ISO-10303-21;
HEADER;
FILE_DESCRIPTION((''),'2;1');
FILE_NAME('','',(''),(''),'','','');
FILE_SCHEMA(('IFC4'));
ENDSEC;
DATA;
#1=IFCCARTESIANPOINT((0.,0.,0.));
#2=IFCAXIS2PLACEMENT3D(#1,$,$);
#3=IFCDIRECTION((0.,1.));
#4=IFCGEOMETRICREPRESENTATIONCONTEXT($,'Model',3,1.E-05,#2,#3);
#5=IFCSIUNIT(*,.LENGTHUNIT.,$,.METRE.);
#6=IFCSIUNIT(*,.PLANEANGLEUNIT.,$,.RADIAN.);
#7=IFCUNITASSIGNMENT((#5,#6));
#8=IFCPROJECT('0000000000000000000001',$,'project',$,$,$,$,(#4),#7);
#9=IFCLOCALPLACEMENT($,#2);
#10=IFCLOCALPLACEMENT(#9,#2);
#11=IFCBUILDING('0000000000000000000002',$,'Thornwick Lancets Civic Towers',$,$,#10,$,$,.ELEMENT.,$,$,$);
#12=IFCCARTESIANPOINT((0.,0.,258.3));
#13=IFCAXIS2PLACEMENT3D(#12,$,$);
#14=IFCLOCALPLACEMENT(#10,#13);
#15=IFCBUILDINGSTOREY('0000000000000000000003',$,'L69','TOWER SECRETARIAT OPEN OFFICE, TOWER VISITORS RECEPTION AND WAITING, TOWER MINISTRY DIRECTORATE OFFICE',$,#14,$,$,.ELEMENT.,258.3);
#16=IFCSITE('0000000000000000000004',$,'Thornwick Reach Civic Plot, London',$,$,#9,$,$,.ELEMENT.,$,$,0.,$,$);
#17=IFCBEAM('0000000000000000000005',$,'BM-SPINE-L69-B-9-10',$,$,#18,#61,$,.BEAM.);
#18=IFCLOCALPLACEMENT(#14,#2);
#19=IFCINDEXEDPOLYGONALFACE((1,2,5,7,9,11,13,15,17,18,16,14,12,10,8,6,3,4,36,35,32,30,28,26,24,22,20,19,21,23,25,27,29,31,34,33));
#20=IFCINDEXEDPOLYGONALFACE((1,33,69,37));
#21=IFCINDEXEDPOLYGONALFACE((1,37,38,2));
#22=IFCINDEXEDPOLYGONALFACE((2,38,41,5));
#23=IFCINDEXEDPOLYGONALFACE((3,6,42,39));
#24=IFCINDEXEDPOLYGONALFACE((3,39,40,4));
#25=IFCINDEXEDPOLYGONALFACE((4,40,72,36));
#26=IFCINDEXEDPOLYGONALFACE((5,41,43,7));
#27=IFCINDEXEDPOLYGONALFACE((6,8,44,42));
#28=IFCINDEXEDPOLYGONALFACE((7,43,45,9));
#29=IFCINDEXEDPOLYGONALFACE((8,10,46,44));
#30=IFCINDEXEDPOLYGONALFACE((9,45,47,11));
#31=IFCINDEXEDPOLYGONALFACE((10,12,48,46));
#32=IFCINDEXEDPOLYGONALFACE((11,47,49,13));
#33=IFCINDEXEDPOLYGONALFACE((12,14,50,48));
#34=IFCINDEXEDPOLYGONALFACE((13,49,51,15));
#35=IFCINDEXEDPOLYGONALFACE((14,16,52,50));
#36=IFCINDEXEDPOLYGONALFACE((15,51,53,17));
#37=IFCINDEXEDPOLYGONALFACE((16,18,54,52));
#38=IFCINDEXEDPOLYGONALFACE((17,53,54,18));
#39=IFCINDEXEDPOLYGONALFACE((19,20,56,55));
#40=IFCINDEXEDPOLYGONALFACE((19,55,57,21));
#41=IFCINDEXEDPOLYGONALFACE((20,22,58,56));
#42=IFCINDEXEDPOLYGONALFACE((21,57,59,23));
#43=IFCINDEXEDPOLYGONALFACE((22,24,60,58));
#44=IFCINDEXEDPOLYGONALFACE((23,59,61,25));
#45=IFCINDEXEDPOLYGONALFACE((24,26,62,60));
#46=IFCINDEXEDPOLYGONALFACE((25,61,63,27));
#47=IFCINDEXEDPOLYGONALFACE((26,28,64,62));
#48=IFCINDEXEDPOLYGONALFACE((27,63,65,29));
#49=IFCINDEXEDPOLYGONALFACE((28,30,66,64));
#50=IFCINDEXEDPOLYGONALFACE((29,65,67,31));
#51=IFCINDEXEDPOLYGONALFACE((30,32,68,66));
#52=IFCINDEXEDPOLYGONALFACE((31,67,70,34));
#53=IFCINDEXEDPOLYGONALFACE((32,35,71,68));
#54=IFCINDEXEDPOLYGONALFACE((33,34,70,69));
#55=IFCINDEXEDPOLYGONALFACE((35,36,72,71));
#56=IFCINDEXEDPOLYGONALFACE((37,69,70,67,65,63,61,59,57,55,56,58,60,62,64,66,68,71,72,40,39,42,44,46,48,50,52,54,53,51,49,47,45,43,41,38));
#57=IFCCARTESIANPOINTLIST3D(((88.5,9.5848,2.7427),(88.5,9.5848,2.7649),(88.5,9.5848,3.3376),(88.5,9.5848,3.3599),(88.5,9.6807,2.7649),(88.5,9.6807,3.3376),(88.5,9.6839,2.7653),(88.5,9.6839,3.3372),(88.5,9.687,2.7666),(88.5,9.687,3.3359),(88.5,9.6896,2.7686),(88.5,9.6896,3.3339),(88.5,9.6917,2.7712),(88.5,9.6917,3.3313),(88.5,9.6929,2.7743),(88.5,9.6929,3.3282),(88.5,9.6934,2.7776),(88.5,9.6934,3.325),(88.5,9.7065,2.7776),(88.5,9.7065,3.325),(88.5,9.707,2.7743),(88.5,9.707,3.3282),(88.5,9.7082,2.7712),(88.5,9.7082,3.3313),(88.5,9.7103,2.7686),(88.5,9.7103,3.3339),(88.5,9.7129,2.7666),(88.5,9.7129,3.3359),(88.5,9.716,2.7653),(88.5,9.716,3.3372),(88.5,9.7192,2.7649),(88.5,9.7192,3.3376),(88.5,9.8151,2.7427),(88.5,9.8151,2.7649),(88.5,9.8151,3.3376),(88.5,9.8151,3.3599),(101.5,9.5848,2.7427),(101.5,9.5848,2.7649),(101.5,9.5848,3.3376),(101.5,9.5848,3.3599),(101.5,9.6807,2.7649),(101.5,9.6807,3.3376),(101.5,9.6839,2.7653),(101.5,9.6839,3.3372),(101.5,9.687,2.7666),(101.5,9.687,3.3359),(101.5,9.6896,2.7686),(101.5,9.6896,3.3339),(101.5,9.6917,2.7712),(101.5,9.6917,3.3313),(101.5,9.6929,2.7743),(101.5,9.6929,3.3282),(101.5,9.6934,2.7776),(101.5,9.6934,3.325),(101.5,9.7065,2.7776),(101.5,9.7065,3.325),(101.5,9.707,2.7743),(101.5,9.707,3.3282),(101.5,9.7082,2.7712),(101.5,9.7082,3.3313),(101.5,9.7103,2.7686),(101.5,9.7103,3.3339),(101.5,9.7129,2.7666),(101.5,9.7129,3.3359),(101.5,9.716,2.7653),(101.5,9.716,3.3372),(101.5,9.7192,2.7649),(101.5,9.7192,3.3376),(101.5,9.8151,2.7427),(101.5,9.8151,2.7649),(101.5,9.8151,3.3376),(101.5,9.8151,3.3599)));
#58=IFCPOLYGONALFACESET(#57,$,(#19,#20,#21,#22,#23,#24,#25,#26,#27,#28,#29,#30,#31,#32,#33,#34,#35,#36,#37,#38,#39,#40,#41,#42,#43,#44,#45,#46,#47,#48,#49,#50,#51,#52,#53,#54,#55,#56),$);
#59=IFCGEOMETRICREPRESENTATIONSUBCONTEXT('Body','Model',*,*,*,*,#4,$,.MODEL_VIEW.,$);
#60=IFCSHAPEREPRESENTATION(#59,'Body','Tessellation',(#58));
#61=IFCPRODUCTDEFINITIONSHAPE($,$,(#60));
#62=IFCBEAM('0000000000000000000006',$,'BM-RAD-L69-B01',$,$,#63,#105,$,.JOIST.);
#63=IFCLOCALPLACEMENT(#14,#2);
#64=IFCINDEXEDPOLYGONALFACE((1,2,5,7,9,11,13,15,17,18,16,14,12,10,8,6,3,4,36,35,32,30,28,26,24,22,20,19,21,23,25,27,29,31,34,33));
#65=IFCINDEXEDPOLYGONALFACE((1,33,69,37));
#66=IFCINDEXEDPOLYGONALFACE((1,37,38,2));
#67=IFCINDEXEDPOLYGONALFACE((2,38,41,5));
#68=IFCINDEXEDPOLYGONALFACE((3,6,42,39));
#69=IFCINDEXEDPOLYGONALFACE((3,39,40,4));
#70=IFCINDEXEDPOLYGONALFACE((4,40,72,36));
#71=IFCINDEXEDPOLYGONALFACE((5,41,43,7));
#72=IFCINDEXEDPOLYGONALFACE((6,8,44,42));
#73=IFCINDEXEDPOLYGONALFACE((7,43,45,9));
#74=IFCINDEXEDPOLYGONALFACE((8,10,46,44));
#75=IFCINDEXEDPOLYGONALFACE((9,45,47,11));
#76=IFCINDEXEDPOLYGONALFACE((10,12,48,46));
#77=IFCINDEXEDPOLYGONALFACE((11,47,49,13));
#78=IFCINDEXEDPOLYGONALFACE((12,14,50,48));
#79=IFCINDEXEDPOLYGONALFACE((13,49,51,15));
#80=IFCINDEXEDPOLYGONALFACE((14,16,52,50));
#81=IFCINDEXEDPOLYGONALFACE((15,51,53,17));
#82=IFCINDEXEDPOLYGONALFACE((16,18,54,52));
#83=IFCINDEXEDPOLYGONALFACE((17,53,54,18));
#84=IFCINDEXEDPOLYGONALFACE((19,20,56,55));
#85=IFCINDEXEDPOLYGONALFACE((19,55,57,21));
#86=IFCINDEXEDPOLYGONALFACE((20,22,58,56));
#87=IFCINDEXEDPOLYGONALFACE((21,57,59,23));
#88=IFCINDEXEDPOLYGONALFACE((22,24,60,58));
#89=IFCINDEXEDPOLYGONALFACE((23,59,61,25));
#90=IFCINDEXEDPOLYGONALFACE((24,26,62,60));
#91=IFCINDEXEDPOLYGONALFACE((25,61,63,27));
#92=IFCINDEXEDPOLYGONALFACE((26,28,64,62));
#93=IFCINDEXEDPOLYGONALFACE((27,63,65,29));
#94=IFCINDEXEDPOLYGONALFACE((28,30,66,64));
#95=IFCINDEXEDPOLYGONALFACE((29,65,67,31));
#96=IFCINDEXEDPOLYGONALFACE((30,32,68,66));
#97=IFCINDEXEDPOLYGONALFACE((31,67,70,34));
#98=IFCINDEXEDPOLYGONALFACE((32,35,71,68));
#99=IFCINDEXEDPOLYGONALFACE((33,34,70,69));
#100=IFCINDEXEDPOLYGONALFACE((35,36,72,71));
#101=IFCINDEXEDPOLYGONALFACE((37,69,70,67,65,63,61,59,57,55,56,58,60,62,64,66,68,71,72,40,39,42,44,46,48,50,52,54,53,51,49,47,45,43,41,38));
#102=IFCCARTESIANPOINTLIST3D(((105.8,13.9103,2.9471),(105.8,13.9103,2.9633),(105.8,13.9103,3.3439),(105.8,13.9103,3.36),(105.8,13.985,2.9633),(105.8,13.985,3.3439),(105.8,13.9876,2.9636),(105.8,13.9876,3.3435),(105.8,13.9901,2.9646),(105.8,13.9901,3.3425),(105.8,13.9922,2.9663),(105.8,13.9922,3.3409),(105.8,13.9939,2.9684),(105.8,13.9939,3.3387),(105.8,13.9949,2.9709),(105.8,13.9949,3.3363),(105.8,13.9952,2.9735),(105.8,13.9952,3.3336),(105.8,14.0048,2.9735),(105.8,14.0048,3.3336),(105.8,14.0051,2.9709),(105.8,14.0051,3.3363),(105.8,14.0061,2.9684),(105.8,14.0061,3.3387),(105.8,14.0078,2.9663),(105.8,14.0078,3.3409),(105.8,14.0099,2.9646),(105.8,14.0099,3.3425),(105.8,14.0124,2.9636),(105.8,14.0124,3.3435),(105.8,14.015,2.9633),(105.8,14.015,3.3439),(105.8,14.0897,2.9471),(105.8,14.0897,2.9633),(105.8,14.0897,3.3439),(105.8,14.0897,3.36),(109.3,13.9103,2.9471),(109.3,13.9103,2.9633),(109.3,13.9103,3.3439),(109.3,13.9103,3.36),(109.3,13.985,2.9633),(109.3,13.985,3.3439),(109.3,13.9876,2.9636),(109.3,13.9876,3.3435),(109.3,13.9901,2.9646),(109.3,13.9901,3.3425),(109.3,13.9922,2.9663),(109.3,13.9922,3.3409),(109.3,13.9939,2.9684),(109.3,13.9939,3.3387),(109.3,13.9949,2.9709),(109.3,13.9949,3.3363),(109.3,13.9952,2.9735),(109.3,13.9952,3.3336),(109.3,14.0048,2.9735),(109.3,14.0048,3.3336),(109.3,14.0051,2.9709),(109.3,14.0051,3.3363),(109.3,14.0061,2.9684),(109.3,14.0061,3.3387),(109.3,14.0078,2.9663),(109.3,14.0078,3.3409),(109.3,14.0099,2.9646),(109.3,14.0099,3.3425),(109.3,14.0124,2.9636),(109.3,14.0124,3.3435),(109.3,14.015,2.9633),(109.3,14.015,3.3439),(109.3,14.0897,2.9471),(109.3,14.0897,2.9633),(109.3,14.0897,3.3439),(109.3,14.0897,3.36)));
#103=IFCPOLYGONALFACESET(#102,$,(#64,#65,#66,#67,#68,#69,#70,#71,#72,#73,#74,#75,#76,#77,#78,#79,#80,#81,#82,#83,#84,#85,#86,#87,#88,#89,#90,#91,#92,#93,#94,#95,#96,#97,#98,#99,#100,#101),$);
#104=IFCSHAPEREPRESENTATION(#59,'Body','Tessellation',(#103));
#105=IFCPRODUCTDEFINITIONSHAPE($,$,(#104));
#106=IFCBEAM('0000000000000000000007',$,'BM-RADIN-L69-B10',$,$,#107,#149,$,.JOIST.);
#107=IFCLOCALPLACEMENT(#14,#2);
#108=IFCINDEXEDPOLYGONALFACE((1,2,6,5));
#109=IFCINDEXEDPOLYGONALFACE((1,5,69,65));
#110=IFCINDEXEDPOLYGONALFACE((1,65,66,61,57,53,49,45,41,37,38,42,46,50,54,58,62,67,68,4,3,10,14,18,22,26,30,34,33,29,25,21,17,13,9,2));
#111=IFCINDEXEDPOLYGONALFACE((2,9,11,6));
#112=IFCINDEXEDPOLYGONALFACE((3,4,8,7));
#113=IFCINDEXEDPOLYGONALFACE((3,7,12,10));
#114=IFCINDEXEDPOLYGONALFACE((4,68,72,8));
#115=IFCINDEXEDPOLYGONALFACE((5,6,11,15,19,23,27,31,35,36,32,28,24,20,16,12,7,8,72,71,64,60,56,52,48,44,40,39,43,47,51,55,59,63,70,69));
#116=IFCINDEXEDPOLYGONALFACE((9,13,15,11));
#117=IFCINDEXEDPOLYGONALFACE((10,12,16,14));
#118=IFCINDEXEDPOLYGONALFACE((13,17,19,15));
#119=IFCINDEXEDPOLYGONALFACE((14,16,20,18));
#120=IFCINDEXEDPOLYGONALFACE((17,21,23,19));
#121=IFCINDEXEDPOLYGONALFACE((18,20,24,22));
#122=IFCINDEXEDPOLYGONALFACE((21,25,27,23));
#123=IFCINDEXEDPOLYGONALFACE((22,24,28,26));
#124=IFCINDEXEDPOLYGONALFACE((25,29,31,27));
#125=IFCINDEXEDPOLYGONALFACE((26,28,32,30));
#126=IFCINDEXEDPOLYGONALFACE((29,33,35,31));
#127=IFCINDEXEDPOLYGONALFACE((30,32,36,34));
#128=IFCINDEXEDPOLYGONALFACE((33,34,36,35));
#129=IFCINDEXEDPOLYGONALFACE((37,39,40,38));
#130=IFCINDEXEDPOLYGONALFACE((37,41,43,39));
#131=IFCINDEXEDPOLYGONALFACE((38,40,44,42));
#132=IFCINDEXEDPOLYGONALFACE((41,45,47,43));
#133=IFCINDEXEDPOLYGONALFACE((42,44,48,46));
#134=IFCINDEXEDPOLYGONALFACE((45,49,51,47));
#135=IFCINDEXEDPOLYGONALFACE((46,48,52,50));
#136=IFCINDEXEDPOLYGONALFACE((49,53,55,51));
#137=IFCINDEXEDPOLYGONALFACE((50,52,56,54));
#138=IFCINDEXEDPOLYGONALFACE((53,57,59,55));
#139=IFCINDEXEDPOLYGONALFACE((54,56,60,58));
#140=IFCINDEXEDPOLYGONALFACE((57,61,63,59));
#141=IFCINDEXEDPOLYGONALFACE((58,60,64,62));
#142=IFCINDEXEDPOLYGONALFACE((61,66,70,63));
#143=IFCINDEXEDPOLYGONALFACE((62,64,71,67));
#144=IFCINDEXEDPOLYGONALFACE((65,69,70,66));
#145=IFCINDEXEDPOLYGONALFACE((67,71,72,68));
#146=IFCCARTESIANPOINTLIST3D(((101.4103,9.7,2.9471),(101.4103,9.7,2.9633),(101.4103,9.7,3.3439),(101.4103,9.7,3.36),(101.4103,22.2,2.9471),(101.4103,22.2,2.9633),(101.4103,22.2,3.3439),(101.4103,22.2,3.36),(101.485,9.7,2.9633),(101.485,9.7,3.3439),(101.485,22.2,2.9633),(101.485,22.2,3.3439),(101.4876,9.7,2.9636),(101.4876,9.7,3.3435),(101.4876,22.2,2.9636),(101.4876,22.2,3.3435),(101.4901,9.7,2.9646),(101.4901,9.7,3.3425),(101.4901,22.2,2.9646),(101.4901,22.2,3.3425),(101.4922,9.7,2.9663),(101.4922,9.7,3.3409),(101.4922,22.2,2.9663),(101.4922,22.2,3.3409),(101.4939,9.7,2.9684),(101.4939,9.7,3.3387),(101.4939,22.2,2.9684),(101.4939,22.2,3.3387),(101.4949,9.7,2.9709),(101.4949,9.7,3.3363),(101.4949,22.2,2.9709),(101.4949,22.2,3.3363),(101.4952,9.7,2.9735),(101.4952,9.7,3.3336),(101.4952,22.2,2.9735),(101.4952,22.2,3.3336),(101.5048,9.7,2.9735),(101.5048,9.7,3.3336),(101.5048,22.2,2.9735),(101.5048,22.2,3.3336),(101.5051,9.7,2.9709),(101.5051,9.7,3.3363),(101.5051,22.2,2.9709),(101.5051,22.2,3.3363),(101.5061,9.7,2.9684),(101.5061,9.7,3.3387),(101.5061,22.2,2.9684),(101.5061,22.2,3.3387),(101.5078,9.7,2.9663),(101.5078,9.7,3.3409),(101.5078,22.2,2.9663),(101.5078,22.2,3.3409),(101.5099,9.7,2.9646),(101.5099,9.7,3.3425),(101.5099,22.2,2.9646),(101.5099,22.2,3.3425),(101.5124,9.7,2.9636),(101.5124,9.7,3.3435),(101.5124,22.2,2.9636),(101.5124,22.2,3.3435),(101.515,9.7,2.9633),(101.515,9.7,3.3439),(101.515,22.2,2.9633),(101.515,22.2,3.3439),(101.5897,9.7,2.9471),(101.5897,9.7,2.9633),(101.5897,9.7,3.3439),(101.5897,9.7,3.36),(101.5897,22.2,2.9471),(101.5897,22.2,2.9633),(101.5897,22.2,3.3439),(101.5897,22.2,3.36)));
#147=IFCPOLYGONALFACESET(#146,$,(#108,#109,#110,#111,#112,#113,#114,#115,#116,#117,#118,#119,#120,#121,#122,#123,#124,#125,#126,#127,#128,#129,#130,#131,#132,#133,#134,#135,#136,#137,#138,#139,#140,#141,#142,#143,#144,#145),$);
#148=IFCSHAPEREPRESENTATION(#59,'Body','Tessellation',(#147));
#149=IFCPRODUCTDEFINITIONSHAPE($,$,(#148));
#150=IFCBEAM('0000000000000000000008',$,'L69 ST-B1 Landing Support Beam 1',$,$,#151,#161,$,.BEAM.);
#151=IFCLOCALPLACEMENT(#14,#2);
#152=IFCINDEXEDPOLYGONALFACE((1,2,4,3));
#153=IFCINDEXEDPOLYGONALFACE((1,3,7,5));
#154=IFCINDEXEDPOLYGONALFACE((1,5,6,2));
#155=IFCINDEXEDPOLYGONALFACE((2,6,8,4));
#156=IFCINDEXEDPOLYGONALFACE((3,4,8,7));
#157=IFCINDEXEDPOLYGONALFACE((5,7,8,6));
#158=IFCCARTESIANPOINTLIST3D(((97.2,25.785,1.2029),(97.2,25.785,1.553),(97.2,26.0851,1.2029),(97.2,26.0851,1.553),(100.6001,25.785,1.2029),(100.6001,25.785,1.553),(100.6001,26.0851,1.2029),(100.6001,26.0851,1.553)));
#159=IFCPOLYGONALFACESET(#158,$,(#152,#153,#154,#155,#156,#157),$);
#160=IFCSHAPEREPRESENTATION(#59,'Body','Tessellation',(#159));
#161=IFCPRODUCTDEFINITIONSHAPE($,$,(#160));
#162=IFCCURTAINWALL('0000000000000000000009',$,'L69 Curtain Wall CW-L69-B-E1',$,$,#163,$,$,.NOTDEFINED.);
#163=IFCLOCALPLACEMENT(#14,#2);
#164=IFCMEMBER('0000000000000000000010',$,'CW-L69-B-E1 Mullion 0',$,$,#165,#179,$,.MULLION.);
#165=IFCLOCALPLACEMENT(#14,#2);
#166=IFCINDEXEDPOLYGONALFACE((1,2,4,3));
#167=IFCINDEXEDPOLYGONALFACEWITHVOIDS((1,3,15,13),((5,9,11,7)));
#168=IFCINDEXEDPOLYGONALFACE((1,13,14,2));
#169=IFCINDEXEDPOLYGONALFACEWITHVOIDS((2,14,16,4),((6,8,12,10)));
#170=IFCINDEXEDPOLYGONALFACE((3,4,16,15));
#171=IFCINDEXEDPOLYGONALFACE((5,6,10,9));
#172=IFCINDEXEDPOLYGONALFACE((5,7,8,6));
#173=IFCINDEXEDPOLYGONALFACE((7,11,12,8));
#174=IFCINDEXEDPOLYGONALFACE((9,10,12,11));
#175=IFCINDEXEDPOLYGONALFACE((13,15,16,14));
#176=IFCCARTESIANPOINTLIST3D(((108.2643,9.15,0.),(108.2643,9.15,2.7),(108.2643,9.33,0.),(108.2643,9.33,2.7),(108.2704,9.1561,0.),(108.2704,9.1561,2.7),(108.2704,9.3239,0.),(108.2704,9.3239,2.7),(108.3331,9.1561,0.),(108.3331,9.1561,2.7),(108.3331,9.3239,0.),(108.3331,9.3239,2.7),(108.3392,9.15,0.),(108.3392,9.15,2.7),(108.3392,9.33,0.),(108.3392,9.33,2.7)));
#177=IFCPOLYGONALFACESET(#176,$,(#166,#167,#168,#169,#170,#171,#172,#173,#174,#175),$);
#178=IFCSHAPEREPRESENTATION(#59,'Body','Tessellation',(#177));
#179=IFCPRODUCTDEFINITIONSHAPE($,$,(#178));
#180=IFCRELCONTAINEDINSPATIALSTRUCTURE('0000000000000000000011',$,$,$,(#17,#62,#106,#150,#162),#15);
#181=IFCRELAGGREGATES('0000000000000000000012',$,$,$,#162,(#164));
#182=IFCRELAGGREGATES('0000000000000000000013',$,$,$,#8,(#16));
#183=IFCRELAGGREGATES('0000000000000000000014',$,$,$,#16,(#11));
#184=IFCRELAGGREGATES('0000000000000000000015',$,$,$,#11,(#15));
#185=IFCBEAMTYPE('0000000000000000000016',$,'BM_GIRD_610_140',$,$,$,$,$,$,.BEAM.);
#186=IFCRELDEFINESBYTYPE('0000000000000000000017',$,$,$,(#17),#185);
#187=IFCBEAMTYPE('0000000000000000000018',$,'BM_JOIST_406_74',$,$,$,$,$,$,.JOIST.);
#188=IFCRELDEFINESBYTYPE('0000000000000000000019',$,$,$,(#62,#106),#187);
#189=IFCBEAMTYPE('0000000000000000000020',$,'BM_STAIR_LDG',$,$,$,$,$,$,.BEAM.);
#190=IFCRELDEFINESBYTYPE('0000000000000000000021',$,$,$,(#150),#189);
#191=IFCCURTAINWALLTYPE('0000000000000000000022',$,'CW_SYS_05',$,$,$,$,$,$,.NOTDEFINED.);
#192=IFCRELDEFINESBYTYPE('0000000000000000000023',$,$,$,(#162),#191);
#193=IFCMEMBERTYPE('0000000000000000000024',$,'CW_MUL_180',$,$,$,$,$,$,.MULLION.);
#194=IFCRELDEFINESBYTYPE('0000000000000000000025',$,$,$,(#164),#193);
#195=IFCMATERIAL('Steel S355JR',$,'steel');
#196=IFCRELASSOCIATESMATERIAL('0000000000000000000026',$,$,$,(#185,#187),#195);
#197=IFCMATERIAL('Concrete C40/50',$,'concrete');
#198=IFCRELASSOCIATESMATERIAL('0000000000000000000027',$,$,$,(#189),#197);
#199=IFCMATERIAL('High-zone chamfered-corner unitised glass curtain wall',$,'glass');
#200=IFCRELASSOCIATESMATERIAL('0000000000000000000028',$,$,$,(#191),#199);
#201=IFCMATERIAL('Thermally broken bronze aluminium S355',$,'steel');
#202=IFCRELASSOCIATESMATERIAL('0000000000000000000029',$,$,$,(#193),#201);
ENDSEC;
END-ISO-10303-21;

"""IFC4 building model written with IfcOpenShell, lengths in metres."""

from ifc_helpers import new_model, si_unit, direction, frame, origin, origin_2d, place, context, subcontext, project, spatial, rectangle, hollow_rectangle, i_section, extrude, material, material_profile, profile_set, type_object, element, aggregate, save


model = new_model("IFC4")

# Units and contexts
model_context = context("Model", 3, precision=1e-05, world=origin(), true_north=direction((0.0, 1.0)))
body_context = subcontext(model_context, "Body", "Model", "MODEL_VIEW")
ifc_project = project(units=[si_unit("LENGTHUNIT", "METRE"), si_unit("PLANEANGLEUNIT", "RADIAN")], contexts=[model_context])

# Site, building, storey
site_placement = place(None, origin())
site = spatial("IfcSite", under=ifc_project, at=site_placement, Name="Thornwick Reach Civic Plot, London", CompositionType="ELEMENT", RefElevation=0.0)
building_placement = place(site_placement, origin())
building = spatial("IfcBuilding", under=site, at=building_placement, Name="Thornwick Lancets Civic Towers", CompositionType="ELEMENT")
storey_placement = place(building_placement, frame((0.0, 0.0, 258.3)))
storey = spatial("IfcBuildingStorey", under=building, at=storey_placement, Name="L69", Description="TOWER SECRETARIAT OPEN OFFICE, TOWER VISITORS RECEPTION AND WAITING, TOWER MINISTRY DIRECTORATE OFFICE", CompositionType="ELEMENT", Elevation=258.3)

# Shared definitions
ifc_material_1 = material(Name="Steel S355JR", Category="steel")

# Beams
ifc_material_profile_1 = material_profile(ifc_material_1, i_section(OverallWidth=0.2302, OverallDepth=0.6172, WebThickness=0.0132, FlangeThickness=0.0222, FilletRadius=0.0127, at=origin_2d()), Name="UKB 610x229x140")
ifc_profile_set_1 = profile_set([ifc_material_profile_1], Name="Steel S355JR")
beam_type_1 = type_object("IfcBeamType", Name="BM_GIRD_610_140", PredefinedType="BEAM", material=ifc_profile_set_1)
for number, where, z_axis, x_axis, name in (
    (1, (101.5, 9.7, 3.0513), (-1.0, 0.0, 0.0), (0.0, -1.0, 0.0), "BM-SPINE-L69-B-9-10"),
):
    element("IfcBeam", number, at=place(storey_placement, frame(where, z_axis=z_axis, x_axis=x_axis)), inside=storey, type_object=beam_type_1, Name=name, PredefinedType="BEAM", context=body_context, shape_type="SweptSolid", body=[
        extrude(i_section(OverallWidth=0.2302, OverallDepth=0.6172, WebThickness=0.0132, FlangeThickness=0.0222, FilletRadius=0.0127, at=origin_2d()), origin(), (0.0, 0.0, 1.0), 13.0),
    ])
ifc_material_profile_2 = material_profile(ifc_material_1, i_section(OverallWidth=0.1794, OverallDepth=0.4128, WebThickness=0.0095, FlangeThickness=0.0161, FilletRadius=0.0103, at=origin_2d()), Name="UKB 406x178x74")
ifc_profile_set_2 = profile_set([ifc_material_profile_2], Name="Steel S355JR")
beam_type_2 = type_object("IfcBeamType", Name="BM_JOIST_406_74", PredefinedType="JOIST", material=ifc_profile_set_2)
beam_1_placement = place(storey_placement, frame((105.8, 14.0, 3.1536), z_axis=(1.0, 0.0, 0.0), x_axis=(0.0, 1.0, 0.0)))
element("IfcBeam", 2, at=beam_1_placement, inside=storey, type_object=beam_type_2, Name="BM-RAD-L69-B01", PredefinedType="JOIST", context=body_context, shape_type="SweptSolid", body=[
    extrude(i_section(OverallWidth=0.1794, OverallDepth=0.4128, WebThickness=0.0095, FlangeThickness=0.0161, FilletRadius=0.0103, at=origin_2d()), origin(), (0.0, 0.0, 1.0), 3.5),
])
beam_2_placement = place(storey_placement, frame((101.5, 22.2, 3.1536), z_axis=(0.0, -1.0, 0.0), x_axis=(1.0, 0.0, 0.0)))
element("IfcBeam", 3, at=beam_2_placement, inside=storey, type_object=beam_type_2, Name="BM-RADIN-L69-B10", PredefinedType="JOIST", context=body_context, shape_type="SweptSolid", body=[
    extrude(i_section(OverallWidth=0.1794, OverallDepth=0.4128, WebThickness=0.0095, FlangeThickness=0.0161, FilletRadius=0.0103, at=origin_2d()), origin(), (0.0, 0.0, 1.0), 12.5),
])
ifc_material_2 = material(Name="Concrete C40/50", Category="concrete")
ifc_material_profile_3 = material_profile(ifc_material_2, rectangle(XDim=0.3, YDim=0.3501, at=origin_2d()), Name="RC 300x350")
ifc_profile_set_3 = profile_set([ifc_material_profile_3], Name="Concrete C40/50")
beam_type_3 = type_object("IfcBeamType", Name="BM_STAIR_LDG", PredefinedType="BEAM", material=ifc_profile_set_3)
beam_3_placement = place(storey_placement, frame((100.6001, 25.9351, 1.3779), z_axis=(-1.0, 0.0, 0.0), x_axis=(0.0, -1.0, 0.0)))
element("IfcBeam", 4, at=beam_3_placement, inside=storey, type_object=beam_type_3, Name="L69 ST-B1 Landing Support Beam 1", PredefinedType="BEAM", context=body_context, shape_type="SweptSolid", body=[
    extrude(rectangle(XDim=0.3, YDim=0.3501, at=origin_2d()), origin(), (0.0, 0.0, 1.0), 3.4001),
])

# Curtain wall, member
ifc_material_3 = material(Name="High-zone chamfered-corner unitised glass curtain wall", Category="glass")
curtain_wall_type = type_object("IfcCurtainWallType", Name="CW_SYS_05", PredefinedType="NOTDEFINED", material=ifc_material_3)
curtain_wall_placement = place(storey_placement, origin())
curtain_wall = element("IfcCurtainWall", 5, at=curtain_wall_placement, inside=storey, type_object=curtain_wall_type, Name="L69 Curtain Wall CW-L69-B-E1", PredefinedType="NOTDEFINED")
ifc_material_4 = material(Name="Thermally broken bronze aluminium S355", Category="steel")
ifc_material_profile_4 = material_profile(ifc_material_4, hollow_rectangle(XDim=0.075, YDim=0.1799, WallThickness=0.0061, at=origin_2d()), Name="RHS 180x75x6")
ifc_profile_set_4 = profile_set([ifc_material_profile_4], Name="Thermally broken bronze aluminium S355")
member_type_1 = type_object("IfcMemberType", Name="CW_MUL_180", PredefinedType="MULLION", material=ifc_profile_set_4)
member_1_placement = place(storey_placement, frame((108.3018, 9.24, 0.0), z_axis=(0.0, 0.0, 1.0), x_axis=(1.0, 0.0, 0.0)))
member_1 = element("IfcMember", 6, at=member_1_placement, type_object=member_type_1, Name="CW-L69-B-E1 Mullion 0", PredefinedType="MULLION", context=body_context, shape_type="SweptSolid", body=[
    extrude(hollow_rectangle(XDim=0.075, YDim=0.1799, WallThickness=0.0061, at=origin_2d()), origin(), (0.0, 0.0, 1.0), 2.7),
])
aggregate(curtain_wall, [member_1])

save(model, "model.ifc")
